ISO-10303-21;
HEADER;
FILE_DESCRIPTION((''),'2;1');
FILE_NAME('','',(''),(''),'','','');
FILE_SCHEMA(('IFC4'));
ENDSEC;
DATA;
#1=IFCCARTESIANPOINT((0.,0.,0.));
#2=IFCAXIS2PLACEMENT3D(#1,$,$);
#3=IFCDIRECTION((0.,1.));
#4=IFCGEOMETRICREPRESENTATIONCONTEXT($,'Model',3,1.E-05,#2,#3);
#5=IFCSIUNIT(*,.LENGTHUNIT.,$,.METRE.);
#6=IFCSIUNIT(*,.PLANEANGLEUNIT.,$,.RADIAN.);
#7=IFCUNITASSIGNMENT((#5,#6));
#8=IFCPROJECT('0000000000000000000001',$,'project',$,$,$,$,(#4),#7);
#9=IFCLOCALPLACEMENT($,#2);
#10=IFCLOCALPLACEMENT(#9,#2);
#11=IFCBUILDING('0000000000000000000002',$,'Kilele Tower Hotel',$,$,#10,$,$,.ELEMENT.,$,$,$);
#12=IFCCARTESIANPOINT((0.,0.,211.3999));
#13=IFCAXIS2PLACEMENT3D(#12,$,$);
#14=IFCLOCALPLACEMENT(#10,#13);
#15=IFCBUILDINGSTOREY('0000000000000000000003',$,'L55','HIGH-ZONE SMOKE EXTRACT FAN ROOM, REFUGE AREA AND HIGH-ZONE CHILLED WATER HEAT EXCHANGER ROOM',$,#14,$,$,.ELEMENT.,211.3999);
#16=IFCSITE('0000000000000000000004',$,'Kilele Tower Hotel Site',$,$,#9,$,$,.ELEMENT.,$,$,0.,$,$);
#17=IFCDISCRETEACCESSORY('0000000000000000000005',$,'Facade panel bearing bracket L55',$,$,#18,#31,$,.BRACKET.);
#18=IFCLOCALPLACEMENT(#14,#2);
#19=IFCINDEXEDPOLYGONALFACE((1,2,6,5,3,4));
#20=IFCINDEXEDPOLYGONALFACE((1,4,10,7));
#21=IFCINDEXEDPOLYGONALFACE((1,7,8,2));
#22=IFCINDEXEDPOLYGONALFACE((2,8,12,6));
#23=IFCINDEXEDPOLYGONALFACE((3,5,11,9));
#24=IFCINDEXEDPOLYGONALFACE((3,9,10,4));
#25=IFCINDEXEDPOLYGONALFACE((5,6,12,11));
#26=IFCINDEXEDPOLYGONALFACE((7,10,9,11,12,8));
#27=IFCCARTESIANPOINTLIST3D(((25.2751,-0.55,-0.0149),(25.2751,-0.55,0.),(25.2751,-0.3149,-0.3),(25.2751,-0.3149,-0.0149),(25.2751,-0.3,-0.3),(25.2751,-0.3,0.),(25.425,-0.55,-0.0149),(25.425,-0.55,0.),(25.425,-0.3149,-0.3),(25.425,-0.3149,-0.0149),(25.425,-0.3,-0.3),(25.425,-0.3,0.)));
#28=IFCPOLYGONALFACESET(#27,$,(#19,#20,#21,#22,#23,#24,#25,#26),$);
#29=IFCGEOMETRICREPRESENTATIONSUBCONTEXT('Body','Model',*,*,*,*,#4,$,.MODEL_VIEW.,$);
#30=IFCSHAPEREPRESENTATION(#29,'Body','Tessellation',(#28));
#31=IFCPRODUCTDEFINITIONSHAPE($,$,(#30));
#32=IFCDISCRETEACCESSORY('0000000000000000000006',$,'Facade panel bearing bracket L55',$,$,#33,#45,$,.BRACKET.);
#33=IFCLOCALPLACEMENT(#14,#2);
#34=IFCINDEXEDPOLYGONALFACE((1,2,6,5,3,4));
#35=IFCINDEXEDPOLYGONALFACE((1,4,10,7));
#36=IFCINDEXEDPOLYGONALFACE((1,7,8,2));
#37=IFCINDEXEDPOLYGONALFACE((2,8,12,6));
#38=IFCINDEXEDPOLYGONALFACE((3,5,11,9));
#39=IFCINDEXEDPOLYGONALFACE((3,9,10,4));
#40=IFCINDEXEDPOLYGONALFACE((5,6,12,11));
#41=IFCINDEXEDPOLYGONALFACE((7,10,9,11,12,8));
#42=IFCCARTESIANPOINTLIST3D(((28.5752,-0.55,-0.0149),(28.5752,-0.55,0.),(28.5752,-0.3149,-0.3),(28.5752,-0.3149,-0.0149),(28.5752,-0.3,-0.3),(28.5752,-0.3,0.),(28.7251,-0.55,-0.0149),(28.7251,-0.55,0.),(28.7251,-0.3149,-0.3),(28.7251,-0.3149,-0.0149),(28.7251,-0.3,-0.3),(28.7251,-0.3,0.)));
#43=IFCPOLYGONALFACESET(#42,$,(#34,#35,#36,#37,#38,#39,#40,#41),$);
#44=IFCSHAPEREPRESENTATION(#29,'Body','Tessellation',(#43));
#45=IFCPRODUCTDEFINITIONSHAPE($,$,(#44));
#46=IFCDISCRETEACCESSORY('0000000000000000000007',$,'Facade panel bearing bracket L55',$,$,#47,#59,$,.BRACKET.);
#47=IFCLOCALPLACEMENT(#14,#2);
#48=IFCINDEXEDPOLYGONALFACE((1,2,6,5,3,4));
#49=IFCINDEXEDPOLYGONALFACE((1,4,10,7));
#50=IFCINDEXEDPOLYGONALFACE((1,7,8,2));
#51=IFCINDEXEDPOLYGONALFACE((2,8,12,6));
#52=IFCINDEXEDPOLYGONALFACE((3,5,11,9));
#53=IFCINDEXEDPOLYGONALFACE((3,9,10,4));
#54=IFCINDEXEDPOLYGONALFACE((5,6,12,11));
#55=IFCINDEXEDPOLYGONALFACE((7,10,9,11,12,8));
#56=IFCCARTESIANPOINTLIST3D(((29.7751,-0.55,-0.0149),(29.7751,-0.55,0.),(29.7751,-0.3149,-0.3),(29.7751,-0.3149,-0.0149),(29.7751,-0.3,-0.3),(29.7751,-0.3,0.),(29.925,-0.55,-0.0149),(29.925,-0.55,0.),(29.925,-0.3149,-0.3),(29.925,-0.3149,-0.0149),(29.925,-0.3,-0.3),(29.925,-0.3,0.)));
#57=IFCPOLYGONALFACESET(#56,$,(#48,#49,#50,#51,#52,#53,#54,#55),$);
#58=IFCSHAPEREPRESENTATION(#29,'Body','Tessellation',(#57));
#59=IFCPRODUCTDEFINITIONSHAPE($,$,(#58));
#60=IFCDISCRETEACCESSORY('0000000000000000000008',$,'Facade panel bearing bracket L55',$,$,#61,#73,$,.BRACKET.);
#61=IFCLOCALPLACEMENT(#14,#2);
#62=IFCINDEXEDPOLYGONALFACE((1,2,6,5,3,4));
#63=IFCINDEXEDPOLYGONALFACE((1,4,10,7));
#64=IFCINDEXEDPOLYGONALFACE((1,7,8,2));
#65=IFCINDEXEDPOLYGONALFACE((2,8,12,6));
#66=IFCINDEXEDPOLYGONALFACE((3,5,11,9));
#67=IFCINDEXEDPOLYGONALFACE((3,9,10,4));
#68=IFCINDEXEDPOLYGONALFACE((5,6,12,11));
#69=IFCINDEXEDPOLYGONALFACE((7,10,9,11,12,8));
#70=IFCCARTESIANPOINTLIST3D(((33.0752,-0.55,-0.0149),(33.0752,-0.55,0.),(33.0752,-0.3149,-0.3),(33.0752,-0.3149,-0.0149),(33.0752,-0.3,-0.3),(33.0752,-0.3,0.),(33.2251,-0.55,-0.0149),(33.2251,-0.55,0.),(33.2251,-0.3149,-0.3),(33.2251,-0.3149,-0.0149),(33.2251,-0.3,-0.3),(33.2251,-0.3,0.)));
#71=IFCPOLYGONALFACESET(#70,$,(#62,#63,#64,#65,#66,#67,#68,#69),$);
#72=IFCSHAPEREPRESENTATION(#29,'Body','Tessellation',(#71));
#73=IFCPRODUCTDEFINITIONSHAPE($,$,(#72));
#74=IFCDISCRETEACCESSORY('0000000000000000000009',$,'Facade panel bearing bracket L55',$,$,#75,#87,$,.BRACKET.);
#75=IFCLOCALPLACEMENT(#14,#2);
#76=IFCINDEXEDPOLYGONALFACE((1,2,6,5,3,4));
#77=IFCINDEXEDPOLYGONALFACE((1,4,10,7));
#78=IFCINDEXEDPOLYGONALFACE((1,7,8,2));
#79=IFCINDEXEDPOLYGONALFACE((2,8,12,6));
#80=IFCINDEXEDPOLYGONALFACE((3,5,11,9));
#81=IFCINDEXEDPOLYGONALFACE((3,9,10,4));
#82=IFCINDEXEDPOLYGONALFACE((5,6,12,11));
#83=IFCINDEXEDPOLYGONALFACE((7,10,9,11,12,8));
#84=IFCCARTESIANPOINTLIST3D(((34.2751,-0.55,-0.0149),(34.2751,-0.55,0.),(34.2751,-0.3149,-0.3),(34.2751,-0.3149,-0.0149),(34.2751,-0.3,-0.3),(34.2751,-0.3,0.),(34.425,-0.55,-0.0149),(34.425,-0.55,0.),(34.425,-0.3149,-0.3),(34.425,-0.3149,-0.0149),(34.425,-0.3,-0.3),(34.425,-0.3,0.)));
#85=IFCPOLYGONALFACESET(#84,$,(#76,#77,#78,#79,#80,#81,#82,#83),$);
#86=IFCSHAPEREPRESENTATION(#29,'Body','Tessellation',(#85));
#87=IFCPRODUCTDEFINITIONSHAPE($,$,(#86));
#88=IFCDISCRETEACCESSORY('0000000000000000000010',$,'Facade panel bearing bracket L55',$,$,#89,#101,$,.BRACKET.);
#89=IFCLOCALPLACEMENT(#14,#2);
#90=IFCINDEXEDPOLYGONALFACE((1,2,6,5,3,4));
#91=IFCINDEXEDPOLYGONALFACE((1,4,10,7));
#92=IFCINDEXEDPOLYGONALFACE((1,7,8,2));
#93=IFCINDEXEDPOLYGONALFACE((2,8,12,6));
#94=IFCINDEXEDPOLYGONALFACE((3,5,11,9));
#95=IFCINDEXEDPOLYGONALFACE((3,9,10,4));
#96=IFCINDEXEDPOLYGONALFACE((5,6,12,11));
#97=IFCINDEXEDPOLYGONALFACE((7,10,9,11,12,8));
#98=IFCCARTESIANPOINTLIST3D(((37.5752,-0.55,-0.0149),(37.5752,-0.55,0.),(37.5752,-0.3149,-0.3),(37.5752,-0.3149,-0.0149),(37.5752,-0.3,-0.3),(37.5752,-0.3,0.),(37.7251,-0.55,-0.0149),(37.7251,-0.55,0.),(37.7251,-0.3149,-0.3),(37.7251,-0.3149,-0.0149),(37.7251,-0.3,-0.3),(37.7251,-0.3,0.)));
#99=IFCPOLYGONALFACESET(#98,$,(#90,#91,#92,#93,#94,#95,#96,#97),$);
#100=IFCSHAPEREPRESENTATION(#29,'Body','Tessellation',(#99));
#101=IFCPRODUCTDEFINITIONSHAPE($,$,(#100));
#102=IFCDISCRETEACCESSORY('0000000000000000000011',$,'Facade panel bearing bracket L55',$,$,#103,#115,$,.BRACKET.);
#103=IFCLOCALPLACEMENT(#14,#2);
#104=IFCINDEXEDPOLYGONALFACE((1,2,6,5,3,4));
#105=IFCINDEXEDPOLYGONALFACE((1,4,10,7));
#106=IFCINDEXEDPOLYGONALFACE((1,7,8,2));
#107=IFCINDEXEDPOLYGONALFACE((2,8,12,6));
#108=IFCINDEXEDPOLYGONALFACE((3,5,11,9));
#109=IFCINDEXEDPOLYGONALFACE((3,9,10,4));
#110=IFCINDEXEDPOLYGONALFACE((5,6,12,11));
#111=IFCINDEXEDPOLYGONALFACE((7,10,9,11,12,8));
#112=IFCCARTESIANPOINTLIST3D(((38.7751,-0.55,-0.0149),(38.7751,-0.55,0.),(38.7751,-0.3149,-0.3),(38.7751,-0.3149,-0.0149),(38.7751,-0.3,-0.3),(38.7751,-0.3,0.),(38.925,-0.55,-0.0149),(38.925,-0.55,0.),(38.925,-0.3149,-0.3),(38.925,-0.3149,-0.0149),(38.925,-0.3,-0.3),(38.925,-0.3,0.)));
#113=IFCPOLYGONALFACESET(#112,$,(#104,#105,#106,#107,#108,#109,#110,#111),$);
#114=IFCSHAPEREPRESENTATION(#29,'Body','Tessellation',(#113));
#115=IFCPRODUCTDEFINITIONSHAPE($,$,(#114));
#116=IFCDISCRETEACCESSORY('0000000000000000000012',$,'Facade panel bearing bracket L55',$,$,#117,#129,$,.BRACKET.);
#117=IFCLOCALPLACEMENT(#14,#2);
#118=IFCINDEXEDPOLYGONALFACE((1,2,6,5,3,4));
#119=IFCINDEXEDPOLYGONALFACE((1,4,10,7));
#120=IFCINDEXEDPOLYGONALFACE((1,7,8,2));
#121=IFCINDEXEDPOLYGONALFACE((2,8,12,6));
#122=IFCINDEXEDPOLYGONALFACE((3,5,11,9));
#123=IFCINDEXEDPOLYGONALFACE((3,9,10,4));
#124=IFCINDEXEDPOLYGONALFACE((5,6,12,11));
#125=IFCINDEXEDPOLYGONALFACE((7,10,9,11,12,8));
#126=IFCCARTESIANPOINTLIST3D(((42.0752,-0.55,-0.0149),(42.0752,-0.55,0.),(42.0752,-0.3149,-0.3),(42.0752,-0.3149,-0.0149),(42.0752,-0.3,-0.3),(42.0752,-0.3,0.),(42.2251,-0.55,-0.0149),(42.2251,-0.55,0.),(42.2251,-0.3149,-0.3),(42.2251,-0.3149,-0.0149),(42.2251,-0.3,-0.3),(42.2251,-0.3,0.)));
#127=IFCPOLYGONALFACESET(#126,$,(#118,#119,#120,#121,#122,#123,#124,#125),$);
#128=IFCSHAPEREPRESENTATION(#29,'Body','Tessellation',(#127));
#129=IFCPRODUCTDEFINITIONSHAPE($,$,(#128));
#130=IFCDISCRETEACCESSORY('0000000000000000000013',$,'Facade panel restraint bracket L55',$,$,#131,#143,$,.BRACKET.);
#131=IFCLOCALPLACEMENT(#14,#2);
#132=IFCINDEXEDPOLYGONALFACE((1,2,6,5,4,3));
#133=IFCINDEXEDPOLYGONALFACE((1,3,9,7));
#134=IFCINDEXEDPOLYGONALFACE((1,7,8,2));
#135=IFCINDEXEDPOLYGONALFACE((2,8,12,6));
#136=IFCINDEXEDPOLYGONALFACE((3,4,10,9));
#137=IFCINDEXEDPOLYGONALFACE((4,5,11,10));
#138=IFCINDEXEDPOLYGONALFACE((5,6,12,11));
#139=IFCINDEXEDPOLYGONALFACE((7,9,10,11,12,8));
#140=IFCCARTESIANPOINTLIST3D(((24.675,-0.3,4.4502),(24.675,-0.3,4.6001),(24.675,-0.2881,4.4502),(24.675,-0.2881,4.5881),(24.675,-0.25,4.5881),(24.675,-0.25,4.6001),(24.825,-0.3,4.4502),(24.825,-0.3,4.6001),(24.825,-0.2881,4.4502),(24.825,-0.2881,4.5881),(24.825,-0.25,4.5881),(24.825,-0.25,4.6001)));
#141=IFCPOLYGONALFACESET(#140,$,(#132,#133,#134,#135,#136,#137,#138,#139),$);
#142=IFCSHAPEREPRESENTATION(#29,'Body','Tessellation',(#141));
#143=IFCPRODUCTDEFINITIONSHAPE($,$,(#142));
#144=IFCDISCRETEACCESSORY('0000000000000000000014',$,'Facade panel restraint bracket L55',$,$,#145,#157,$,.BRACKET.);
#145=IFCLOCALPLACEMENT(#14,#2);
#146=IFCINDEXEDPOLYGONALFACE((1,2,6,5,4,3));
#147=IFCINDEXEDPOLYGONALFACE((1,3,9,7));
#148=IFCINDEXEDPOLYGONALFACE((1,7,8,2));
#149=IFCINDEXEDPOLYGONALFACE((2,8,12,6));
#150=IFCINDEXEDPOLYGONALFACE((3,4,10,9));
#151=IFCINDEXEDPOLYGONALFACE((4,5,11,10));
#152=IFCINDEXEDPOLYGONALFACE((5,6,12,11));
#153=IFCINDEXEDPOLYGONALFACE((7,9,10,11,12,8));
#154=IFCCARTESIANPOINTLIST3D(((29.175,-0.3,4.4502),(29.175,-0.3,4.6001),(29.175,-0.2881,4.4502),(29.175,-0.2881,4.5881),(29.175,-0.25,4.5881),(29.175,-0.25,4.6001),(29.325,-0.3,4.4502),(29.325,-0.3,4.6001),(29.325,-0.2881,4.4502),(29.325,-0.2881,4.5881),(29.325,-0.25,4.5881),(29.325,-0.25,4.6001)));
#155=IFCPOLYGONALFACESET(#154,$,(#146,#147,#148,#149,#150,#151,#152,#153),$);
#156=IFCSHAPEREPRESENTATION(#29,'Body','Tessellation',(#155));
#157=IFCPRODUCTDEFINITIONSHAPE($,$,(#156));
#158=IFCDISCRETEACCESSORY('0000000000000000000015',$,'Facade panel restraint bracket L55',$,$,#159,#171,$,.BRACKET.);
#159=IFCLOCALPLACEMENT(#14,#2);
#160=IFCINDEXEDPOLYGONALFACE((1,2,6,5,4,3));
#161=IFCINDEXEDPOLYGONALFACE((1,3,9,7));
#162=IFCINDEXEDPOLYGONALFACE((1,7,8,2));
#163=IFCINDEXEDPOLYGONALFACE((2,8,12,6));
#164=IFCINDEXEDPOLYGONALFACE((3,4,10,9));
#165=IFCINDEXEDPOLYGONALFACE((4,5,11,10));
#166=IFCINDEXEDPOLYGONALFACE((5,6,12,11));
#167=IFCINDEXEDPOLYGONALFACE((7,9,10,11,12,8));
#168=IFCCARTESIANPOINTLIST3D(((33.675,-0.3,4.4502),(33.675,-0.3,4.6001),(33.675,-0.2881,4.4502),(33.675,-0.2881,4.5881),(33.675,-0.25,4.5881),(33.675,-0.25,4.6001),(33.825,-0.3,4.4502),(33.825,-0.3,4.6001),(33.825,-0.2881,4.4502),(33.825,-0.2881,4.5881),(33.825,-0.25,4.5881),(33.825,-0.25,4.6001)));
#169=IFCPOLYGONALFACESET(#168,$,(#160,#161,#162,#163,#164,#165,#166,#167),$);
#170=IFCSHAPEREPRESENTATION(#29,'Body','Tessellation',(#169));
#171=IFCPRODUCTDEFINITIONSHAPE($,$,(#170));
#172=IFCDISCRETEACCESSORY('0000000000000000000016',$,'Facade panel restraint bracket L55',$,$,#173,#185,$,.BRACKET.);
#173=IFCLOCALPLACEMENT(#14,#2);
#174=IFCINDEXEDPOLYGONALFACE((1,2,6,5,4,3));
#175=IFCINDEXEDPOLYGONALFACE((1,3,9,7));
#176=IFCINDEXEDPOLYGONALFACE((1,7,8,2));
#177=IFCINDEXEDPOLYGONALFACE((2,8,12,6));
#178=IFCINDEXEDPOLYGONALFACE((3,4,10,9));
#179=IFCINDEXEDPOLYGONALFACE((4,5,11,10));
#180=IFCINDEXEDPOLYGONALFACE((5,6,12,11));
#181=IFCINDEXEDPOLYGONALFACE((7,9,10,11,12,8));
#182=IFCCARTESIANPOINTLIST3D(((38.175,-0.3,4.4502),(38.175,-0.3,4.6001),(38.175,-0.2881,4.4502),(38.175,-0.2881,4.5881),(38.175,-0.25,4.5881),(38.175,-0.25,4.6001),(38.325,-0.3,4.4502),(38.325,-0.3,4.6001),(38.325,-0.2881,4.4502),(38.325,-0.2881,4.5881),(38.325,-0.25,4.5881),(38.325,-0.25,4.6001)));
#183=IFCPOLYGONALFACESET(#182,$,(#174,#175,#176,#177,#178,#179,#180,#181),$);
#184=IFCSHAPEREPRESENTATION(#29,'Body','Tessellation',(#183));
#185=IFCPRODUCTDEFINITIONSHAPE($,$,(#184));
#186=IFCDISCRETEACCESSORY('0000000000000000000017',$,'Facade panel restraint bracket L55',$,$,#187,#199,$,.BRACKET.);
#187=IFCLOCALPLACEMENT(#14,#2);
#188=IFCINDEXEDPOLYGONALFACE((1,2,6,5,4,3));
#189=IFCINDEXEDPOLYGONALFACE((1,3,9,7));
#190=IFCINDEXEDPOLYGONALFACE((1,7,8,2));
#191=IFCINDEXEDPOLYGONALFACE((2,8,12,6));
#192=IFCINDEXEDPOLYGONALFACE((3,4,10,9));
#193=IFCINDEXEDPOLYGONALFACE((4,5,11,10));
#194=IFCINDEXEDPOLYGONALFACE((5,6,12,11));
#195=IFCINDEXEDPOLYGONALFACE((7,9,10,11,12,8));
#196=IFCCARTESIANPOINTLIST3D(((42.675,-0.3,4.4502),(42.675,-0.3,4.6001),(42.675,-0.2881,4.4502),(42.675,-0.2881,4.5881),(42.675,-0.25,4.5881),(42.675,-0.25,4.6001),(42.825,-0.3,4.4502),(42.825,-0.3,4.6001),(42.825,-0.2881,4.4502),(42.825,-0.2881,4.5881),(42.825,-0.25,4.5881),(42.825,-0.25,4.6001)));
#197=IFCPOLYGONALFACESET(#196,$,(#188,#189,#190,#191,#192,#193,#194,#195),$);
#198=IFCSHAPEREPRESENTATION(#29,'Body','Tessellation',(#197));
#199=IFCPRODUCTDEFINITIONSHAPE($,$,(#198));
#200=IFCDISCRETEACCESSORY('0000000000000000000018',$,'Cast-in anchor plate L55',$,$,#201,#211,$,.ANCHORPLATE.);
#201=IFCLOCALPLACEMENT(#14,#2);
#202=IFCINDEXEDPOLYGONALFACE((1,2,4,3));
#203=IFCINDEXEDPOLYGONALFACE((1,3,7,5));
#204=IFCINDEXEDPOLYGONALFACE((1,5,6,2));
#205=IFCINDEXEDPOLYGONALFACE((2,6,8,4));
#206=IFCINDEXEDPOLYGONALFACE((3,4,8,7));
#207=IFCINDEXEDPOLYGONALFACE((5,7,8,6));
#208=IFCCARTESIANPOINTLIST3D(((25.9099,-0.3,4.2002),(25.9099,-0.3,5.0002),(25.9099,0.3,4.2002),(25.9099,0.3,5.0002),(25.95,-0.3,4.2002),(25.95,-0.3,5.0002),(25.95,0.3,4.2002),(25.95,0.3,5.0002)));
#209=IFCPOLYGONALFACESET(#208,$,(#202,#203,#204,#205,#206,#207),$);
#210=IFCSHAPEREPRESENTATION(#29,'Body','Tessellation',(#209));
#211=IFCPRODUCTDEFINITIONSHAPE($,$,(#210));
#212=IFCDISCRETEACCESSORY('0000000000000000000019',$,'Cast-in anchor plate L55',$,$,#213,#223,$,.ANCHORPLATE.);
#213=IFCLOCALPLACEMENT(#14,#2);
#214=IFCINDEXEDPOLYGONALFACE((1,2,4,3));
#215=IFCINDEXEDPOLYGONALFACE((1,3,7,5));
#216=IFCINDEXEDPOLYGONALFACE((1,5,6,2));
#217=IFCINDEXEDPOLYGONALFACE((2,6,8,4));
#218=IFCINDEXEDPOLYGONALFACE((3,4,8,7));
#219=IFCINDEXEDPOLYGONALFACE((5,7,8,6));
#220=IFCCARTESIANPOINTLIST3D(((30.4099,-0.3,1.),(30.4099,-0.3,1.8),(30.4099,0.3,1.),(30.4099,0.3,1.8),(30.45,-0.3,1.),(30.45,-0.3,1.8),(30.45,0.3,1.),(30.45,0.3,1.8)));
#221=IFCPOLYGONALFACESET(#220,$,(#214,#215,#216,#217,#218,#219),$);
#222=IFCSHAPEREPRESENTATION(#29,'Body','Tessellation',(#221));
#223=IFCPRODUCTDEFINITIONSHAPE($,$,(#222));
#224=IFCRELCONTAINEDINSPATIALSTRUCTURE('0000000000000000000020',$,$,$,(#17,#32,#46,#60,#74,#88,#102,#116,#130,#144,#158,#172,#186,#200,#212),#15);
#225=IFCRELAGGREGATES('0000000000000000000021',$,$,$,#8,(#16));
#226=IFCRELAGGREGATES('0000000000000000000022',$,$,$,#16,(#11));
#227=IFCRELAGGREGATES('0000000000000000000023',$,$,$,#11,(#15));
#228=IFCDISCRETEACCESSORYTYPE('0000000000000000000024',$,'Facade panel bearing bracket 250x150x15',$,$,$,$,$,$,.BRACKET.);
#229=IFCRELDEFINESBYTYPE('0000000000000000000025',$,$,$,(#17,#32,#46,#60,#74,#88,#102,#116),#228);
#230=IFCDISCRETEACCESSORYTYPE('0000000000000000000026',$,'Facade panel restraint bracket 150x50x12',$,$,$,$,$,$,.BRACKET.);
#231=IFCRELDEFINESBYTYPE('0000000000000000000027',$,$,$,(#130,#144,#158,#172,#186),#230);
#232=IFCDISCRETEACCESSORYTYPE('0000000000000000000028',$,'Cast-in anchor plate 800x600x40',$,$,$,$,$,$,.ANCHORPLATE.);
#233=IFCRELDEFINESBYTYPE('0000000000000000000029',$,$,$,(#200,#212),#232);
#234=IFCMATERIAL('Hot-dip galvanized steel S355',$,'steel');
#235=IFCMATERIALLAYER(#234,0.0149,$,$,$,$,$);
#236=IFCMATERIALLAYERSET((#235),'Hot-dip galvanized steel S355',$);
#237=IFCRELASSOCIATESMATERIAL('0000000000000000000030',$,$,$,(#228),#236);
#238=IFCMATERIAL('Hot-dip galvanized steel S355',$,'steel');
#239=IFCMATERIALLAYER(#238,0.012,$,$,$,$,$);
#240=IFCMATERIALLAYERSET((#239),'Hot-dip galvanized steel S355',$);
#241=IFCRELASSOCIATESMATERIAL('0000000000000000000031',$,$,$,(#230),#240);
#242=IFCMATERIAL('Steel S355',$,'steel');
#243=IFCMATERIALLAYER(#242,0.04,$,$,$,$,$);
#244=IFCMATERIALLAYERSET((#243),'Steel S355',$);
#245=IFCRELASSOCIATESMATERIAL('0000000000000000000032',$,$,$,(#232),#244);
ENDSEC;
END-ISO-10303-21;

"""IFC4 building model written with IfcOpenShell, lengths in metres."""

from ifc_helpers import new_model, si_unit, direction, frame, origin, place, context, subcontext, project, spatial, polyline, outline, extrude, source, transform, mapped, material, layer, layer_set, type_object, element, save


model = new_model("IFC4")

# Units and contexts
model_context = context("Model", 3, precision=1e-05, world=origin(), true_north=direction((0.0, 1.0)))
body_context = subcontext(model_context, "Body", "Model", "MODEL_VIEW")
ifc_project = project(units=[si_unit("LENGTHUNIT", "METRE"), si_unit("PLANEANGLEUNIT", "RADIAN")], contexts=[model_context])

# Site, building, storey
site_placement = place(None, origin())
site = spatial("IfcSite", under=ifc_project, at=site_placement, Name="Kilele Tower Hotel Site", CompositionType="ELEMENT", RefElevation=0.0)
building_placement = place(site_placement, origin())
building = spatial("IfcBuilding", under=site, at=building_placement, Name="Kilele Tower Hotel", CompositionType="ELEMENT")
storey_placement = place(building_placement, frame((0.0, 0.0, 211.3999)))
storey = spatial("IfcBuildingStorey", under=building, at=storey_placement, Name="L55", Description="HIGH-ZONE SMOKE EXTRACT FAN ROOM, REFUGE AREA AND HIGH-ZONE CHILLED WATER HEAT EXCHANGER ROOM", CompositionType="ELEMENT", Elevation=211.3999)

# Discrete accessories
ifc_material_1 = material(Name="Hot-dip galvanized steel S355", Category="steel")
ifc_layer_1 = layer(ifc_material_1, 0.0149)
ifc_layer_set_1 = layer_set([ifc_layer_1], Name="Hot-dip galvanized steel S355")
discrete_accessory_type_1 = type_object("IfcDiscreteAccessoryType", Name="Facade panel bearing bracket 250x150x15", PredefinedType="BRACKET", material=ifc_layer_set_1)
shared_shape_1 = source(origin(), body_context, "Body", "SweptSolid", [
    extrude(outline(polyline([(0.0, 0.0), (0.25, 0.0), (0.25, -0.0149), (0.0149, -0.0149), (0.0149, -0.3), (0.0, -0.3), (0.0, 0.0)])), origin(), (0.0, 0.0, 1.0), 0.1499),
])
for number, where, z_axis, x_axis, name in (
    (1, (25.425, -0.3, 0.0), (-1.0, 0.0, 0.0), (0.0, -1.0, 0.0), "Facade panel bearing bracket L55"),
    (2, (28.7251, -0.3, 0.0), (-1.0, 0.0, 0.0), (0.0, -1.0, 0.0), "Facade panel bearing bracket L55"),
    (3, (29.925, -0.3, 0.0), (-1.0, 0.0, 0.0), (0.0, -1.0, 0.0), "Facade panel bearing bracket L55"),
    (4, (33.2251, -0.3, 0.0), (-1.0, 0.0, 0.0), (0.0, -1.0, 0.0), "Facade panel bearing bracket L55"),
    (5, (34.425, -0.3, 0.0), (-1.0, 0.0, 0.0), (0.0, -1.0, 0.0), "Facade panel bearing bracket L55"),
    (6, (37.7251, -0.3, 0.0), (-1.0, 0.0, 0.0), (0.0, -1.0, 0.0), "Facade panel bearing bracket L55"),
    (7, (38.925, -0.3, 0.0), (-1.0, 0.0, 0.0), (0.0, -1.0, 0.0), "Facade panel bearing bracket L55"),
    (8, (42.2251, -0.3, 0.0), (-1.0, 0.0, 0.0), (0.0, -1.0, 0.0), "Facade panel bearing bracket L55"),
):
    element("IfcDiscreteAccessory", number, at=place(storey_placement, frame(where, z_axis=z_axis, x_axis=x_axis)), inside=storey, type_object=discrete_accessory_type_1, Name=name, PredefinedType="BRACKET", context=body_context, shape_type="MappedRepresentation", body=[
        mapped(shared_shape_1, transform((0.0, 0.0, 0.0))),
    ])
ifc_material_2 = material(Name="Hot-dip galvanized steel S355", Category="steel")
ifc_layer_2 = layer(ifc_material_2, 0.012)
ifc_layer_set_2 = layer_set([ifc_layer_2], Name="Hot-dip galvanized steel S355")
discrete_accessory_type_2 = type_object("IfcDiscreteAccessoryType", Name="Facade panel restraint bracket 150x50x12", PredefinedType="BRACKET", material=ifc_layer_set_2)
shared_shape_2 = source(origin(), body_context, "Body", "SweptSolid", [
    extrude(outline(polyline([(0.0, 0.0), (0.0, -0.1499), (-0.012, -0.1499), (-0.012, -0.012), (-0.05, -0.012), (-0.05, 0.0), (0.0, 0.0)])), origin(), (0.0, 0.0, 1.0), 0.1499),
])
for number, where, z_axis, x_axis, name in (
    (9, (24.825, -0.3, 4.6001), (-1.0, 0.0, 0.0), (0.0, -1.0, 0.0), "Facade panel restraint bracket L55"),
    (10, (29.325, -0.3, 4.6001), (-1.0, 0.0, 0.0), (0.0, -1.0, 0.0), "Facade panel restraint bracket L55"),
    (11, (33.825, -0.3, 4.6001), (-1.0, 0.0, 0.0), (0.0, -1.0, 0.0), "Facade panel restraint bracket L55"),
    (12, (38.325, -0.3, 4.6001), (-1.0, 0.0, 0.0), (0.0, -1.0, 0.0), "Facade panel restraint bracket L55"),
    (13, (42.825, -0.3, 4.6001), (-1.0, 0.0, 0.0), (0.0, -1.0, 0.0), "Facade panel restraint bracket L55"),
):
    element("IfcDiscreteAccessory", number, at=place(storey_placement, frame(where, z_axis=z_axis, x_axis=x_axis)), inside=storey, type_object=discrete_accessory_type_2, Name=name, PredefinedType="BRACKET", context=body_context, shape_type="MappedRepresentation", body=[
        mapped(shared_shape_2, transform((0.0, 0.0, 0.0))),
    ])
ifc_material_3 = material(Name="Steel S355", Category="steel")
ifc_layer_3 = layer(ifc_material_3, 0.04)
ifc_layer_set_3 = layer_set([ifc_layer_3], Name="Steel S355")
discrete_accessory_type_3 = type_object("IfcDiscreteAccessoryType", Name="Cast-in anchor plate 800x600x40", PredefinedType="ANCHORPLATE", material=ifc_layer_set_3)
shared_shape_3 = source(origin(), body_context, "Body", "SweptSolid", [
    extrude(outline(polyline([(0.0, 0.0), (0.04, 0.0), (0.04, 0.8), (0.0, 0.8), (0.0, 0.0)])), origin(), (0.0, 0.0, 1.0), 0.6001),
])
for number, where, z_axis, x_axis, name in (
    (14, (25.95, -0.3, 4.2002), (0.0, 1.0, 0.0), (-1.0, 0.0, 0.0), "Cast-in anchor plate L55"),
    (15, (30.45, -0.3, 1.0), (0.0, 1.0, 0.0), (-1.0, 0.0, 0.0), "Cast-in anchor plate L55"),
):
    element("IfcDiscreteAccessory", number, at=place(storey_placement, frame(where, z_axis=z_axis, x_axis=x_axis)), inside=storey, type_object=discrete_accessory_type_3, Name=name, PredefinedType="ANCHORPLATE", context=body_context, shape_type="MappedRepresentation", body=[
        mapped(shared_shape_3, transform((0.0, 0.0, 0.0))),
    ])

save(model, "model.ifc")
